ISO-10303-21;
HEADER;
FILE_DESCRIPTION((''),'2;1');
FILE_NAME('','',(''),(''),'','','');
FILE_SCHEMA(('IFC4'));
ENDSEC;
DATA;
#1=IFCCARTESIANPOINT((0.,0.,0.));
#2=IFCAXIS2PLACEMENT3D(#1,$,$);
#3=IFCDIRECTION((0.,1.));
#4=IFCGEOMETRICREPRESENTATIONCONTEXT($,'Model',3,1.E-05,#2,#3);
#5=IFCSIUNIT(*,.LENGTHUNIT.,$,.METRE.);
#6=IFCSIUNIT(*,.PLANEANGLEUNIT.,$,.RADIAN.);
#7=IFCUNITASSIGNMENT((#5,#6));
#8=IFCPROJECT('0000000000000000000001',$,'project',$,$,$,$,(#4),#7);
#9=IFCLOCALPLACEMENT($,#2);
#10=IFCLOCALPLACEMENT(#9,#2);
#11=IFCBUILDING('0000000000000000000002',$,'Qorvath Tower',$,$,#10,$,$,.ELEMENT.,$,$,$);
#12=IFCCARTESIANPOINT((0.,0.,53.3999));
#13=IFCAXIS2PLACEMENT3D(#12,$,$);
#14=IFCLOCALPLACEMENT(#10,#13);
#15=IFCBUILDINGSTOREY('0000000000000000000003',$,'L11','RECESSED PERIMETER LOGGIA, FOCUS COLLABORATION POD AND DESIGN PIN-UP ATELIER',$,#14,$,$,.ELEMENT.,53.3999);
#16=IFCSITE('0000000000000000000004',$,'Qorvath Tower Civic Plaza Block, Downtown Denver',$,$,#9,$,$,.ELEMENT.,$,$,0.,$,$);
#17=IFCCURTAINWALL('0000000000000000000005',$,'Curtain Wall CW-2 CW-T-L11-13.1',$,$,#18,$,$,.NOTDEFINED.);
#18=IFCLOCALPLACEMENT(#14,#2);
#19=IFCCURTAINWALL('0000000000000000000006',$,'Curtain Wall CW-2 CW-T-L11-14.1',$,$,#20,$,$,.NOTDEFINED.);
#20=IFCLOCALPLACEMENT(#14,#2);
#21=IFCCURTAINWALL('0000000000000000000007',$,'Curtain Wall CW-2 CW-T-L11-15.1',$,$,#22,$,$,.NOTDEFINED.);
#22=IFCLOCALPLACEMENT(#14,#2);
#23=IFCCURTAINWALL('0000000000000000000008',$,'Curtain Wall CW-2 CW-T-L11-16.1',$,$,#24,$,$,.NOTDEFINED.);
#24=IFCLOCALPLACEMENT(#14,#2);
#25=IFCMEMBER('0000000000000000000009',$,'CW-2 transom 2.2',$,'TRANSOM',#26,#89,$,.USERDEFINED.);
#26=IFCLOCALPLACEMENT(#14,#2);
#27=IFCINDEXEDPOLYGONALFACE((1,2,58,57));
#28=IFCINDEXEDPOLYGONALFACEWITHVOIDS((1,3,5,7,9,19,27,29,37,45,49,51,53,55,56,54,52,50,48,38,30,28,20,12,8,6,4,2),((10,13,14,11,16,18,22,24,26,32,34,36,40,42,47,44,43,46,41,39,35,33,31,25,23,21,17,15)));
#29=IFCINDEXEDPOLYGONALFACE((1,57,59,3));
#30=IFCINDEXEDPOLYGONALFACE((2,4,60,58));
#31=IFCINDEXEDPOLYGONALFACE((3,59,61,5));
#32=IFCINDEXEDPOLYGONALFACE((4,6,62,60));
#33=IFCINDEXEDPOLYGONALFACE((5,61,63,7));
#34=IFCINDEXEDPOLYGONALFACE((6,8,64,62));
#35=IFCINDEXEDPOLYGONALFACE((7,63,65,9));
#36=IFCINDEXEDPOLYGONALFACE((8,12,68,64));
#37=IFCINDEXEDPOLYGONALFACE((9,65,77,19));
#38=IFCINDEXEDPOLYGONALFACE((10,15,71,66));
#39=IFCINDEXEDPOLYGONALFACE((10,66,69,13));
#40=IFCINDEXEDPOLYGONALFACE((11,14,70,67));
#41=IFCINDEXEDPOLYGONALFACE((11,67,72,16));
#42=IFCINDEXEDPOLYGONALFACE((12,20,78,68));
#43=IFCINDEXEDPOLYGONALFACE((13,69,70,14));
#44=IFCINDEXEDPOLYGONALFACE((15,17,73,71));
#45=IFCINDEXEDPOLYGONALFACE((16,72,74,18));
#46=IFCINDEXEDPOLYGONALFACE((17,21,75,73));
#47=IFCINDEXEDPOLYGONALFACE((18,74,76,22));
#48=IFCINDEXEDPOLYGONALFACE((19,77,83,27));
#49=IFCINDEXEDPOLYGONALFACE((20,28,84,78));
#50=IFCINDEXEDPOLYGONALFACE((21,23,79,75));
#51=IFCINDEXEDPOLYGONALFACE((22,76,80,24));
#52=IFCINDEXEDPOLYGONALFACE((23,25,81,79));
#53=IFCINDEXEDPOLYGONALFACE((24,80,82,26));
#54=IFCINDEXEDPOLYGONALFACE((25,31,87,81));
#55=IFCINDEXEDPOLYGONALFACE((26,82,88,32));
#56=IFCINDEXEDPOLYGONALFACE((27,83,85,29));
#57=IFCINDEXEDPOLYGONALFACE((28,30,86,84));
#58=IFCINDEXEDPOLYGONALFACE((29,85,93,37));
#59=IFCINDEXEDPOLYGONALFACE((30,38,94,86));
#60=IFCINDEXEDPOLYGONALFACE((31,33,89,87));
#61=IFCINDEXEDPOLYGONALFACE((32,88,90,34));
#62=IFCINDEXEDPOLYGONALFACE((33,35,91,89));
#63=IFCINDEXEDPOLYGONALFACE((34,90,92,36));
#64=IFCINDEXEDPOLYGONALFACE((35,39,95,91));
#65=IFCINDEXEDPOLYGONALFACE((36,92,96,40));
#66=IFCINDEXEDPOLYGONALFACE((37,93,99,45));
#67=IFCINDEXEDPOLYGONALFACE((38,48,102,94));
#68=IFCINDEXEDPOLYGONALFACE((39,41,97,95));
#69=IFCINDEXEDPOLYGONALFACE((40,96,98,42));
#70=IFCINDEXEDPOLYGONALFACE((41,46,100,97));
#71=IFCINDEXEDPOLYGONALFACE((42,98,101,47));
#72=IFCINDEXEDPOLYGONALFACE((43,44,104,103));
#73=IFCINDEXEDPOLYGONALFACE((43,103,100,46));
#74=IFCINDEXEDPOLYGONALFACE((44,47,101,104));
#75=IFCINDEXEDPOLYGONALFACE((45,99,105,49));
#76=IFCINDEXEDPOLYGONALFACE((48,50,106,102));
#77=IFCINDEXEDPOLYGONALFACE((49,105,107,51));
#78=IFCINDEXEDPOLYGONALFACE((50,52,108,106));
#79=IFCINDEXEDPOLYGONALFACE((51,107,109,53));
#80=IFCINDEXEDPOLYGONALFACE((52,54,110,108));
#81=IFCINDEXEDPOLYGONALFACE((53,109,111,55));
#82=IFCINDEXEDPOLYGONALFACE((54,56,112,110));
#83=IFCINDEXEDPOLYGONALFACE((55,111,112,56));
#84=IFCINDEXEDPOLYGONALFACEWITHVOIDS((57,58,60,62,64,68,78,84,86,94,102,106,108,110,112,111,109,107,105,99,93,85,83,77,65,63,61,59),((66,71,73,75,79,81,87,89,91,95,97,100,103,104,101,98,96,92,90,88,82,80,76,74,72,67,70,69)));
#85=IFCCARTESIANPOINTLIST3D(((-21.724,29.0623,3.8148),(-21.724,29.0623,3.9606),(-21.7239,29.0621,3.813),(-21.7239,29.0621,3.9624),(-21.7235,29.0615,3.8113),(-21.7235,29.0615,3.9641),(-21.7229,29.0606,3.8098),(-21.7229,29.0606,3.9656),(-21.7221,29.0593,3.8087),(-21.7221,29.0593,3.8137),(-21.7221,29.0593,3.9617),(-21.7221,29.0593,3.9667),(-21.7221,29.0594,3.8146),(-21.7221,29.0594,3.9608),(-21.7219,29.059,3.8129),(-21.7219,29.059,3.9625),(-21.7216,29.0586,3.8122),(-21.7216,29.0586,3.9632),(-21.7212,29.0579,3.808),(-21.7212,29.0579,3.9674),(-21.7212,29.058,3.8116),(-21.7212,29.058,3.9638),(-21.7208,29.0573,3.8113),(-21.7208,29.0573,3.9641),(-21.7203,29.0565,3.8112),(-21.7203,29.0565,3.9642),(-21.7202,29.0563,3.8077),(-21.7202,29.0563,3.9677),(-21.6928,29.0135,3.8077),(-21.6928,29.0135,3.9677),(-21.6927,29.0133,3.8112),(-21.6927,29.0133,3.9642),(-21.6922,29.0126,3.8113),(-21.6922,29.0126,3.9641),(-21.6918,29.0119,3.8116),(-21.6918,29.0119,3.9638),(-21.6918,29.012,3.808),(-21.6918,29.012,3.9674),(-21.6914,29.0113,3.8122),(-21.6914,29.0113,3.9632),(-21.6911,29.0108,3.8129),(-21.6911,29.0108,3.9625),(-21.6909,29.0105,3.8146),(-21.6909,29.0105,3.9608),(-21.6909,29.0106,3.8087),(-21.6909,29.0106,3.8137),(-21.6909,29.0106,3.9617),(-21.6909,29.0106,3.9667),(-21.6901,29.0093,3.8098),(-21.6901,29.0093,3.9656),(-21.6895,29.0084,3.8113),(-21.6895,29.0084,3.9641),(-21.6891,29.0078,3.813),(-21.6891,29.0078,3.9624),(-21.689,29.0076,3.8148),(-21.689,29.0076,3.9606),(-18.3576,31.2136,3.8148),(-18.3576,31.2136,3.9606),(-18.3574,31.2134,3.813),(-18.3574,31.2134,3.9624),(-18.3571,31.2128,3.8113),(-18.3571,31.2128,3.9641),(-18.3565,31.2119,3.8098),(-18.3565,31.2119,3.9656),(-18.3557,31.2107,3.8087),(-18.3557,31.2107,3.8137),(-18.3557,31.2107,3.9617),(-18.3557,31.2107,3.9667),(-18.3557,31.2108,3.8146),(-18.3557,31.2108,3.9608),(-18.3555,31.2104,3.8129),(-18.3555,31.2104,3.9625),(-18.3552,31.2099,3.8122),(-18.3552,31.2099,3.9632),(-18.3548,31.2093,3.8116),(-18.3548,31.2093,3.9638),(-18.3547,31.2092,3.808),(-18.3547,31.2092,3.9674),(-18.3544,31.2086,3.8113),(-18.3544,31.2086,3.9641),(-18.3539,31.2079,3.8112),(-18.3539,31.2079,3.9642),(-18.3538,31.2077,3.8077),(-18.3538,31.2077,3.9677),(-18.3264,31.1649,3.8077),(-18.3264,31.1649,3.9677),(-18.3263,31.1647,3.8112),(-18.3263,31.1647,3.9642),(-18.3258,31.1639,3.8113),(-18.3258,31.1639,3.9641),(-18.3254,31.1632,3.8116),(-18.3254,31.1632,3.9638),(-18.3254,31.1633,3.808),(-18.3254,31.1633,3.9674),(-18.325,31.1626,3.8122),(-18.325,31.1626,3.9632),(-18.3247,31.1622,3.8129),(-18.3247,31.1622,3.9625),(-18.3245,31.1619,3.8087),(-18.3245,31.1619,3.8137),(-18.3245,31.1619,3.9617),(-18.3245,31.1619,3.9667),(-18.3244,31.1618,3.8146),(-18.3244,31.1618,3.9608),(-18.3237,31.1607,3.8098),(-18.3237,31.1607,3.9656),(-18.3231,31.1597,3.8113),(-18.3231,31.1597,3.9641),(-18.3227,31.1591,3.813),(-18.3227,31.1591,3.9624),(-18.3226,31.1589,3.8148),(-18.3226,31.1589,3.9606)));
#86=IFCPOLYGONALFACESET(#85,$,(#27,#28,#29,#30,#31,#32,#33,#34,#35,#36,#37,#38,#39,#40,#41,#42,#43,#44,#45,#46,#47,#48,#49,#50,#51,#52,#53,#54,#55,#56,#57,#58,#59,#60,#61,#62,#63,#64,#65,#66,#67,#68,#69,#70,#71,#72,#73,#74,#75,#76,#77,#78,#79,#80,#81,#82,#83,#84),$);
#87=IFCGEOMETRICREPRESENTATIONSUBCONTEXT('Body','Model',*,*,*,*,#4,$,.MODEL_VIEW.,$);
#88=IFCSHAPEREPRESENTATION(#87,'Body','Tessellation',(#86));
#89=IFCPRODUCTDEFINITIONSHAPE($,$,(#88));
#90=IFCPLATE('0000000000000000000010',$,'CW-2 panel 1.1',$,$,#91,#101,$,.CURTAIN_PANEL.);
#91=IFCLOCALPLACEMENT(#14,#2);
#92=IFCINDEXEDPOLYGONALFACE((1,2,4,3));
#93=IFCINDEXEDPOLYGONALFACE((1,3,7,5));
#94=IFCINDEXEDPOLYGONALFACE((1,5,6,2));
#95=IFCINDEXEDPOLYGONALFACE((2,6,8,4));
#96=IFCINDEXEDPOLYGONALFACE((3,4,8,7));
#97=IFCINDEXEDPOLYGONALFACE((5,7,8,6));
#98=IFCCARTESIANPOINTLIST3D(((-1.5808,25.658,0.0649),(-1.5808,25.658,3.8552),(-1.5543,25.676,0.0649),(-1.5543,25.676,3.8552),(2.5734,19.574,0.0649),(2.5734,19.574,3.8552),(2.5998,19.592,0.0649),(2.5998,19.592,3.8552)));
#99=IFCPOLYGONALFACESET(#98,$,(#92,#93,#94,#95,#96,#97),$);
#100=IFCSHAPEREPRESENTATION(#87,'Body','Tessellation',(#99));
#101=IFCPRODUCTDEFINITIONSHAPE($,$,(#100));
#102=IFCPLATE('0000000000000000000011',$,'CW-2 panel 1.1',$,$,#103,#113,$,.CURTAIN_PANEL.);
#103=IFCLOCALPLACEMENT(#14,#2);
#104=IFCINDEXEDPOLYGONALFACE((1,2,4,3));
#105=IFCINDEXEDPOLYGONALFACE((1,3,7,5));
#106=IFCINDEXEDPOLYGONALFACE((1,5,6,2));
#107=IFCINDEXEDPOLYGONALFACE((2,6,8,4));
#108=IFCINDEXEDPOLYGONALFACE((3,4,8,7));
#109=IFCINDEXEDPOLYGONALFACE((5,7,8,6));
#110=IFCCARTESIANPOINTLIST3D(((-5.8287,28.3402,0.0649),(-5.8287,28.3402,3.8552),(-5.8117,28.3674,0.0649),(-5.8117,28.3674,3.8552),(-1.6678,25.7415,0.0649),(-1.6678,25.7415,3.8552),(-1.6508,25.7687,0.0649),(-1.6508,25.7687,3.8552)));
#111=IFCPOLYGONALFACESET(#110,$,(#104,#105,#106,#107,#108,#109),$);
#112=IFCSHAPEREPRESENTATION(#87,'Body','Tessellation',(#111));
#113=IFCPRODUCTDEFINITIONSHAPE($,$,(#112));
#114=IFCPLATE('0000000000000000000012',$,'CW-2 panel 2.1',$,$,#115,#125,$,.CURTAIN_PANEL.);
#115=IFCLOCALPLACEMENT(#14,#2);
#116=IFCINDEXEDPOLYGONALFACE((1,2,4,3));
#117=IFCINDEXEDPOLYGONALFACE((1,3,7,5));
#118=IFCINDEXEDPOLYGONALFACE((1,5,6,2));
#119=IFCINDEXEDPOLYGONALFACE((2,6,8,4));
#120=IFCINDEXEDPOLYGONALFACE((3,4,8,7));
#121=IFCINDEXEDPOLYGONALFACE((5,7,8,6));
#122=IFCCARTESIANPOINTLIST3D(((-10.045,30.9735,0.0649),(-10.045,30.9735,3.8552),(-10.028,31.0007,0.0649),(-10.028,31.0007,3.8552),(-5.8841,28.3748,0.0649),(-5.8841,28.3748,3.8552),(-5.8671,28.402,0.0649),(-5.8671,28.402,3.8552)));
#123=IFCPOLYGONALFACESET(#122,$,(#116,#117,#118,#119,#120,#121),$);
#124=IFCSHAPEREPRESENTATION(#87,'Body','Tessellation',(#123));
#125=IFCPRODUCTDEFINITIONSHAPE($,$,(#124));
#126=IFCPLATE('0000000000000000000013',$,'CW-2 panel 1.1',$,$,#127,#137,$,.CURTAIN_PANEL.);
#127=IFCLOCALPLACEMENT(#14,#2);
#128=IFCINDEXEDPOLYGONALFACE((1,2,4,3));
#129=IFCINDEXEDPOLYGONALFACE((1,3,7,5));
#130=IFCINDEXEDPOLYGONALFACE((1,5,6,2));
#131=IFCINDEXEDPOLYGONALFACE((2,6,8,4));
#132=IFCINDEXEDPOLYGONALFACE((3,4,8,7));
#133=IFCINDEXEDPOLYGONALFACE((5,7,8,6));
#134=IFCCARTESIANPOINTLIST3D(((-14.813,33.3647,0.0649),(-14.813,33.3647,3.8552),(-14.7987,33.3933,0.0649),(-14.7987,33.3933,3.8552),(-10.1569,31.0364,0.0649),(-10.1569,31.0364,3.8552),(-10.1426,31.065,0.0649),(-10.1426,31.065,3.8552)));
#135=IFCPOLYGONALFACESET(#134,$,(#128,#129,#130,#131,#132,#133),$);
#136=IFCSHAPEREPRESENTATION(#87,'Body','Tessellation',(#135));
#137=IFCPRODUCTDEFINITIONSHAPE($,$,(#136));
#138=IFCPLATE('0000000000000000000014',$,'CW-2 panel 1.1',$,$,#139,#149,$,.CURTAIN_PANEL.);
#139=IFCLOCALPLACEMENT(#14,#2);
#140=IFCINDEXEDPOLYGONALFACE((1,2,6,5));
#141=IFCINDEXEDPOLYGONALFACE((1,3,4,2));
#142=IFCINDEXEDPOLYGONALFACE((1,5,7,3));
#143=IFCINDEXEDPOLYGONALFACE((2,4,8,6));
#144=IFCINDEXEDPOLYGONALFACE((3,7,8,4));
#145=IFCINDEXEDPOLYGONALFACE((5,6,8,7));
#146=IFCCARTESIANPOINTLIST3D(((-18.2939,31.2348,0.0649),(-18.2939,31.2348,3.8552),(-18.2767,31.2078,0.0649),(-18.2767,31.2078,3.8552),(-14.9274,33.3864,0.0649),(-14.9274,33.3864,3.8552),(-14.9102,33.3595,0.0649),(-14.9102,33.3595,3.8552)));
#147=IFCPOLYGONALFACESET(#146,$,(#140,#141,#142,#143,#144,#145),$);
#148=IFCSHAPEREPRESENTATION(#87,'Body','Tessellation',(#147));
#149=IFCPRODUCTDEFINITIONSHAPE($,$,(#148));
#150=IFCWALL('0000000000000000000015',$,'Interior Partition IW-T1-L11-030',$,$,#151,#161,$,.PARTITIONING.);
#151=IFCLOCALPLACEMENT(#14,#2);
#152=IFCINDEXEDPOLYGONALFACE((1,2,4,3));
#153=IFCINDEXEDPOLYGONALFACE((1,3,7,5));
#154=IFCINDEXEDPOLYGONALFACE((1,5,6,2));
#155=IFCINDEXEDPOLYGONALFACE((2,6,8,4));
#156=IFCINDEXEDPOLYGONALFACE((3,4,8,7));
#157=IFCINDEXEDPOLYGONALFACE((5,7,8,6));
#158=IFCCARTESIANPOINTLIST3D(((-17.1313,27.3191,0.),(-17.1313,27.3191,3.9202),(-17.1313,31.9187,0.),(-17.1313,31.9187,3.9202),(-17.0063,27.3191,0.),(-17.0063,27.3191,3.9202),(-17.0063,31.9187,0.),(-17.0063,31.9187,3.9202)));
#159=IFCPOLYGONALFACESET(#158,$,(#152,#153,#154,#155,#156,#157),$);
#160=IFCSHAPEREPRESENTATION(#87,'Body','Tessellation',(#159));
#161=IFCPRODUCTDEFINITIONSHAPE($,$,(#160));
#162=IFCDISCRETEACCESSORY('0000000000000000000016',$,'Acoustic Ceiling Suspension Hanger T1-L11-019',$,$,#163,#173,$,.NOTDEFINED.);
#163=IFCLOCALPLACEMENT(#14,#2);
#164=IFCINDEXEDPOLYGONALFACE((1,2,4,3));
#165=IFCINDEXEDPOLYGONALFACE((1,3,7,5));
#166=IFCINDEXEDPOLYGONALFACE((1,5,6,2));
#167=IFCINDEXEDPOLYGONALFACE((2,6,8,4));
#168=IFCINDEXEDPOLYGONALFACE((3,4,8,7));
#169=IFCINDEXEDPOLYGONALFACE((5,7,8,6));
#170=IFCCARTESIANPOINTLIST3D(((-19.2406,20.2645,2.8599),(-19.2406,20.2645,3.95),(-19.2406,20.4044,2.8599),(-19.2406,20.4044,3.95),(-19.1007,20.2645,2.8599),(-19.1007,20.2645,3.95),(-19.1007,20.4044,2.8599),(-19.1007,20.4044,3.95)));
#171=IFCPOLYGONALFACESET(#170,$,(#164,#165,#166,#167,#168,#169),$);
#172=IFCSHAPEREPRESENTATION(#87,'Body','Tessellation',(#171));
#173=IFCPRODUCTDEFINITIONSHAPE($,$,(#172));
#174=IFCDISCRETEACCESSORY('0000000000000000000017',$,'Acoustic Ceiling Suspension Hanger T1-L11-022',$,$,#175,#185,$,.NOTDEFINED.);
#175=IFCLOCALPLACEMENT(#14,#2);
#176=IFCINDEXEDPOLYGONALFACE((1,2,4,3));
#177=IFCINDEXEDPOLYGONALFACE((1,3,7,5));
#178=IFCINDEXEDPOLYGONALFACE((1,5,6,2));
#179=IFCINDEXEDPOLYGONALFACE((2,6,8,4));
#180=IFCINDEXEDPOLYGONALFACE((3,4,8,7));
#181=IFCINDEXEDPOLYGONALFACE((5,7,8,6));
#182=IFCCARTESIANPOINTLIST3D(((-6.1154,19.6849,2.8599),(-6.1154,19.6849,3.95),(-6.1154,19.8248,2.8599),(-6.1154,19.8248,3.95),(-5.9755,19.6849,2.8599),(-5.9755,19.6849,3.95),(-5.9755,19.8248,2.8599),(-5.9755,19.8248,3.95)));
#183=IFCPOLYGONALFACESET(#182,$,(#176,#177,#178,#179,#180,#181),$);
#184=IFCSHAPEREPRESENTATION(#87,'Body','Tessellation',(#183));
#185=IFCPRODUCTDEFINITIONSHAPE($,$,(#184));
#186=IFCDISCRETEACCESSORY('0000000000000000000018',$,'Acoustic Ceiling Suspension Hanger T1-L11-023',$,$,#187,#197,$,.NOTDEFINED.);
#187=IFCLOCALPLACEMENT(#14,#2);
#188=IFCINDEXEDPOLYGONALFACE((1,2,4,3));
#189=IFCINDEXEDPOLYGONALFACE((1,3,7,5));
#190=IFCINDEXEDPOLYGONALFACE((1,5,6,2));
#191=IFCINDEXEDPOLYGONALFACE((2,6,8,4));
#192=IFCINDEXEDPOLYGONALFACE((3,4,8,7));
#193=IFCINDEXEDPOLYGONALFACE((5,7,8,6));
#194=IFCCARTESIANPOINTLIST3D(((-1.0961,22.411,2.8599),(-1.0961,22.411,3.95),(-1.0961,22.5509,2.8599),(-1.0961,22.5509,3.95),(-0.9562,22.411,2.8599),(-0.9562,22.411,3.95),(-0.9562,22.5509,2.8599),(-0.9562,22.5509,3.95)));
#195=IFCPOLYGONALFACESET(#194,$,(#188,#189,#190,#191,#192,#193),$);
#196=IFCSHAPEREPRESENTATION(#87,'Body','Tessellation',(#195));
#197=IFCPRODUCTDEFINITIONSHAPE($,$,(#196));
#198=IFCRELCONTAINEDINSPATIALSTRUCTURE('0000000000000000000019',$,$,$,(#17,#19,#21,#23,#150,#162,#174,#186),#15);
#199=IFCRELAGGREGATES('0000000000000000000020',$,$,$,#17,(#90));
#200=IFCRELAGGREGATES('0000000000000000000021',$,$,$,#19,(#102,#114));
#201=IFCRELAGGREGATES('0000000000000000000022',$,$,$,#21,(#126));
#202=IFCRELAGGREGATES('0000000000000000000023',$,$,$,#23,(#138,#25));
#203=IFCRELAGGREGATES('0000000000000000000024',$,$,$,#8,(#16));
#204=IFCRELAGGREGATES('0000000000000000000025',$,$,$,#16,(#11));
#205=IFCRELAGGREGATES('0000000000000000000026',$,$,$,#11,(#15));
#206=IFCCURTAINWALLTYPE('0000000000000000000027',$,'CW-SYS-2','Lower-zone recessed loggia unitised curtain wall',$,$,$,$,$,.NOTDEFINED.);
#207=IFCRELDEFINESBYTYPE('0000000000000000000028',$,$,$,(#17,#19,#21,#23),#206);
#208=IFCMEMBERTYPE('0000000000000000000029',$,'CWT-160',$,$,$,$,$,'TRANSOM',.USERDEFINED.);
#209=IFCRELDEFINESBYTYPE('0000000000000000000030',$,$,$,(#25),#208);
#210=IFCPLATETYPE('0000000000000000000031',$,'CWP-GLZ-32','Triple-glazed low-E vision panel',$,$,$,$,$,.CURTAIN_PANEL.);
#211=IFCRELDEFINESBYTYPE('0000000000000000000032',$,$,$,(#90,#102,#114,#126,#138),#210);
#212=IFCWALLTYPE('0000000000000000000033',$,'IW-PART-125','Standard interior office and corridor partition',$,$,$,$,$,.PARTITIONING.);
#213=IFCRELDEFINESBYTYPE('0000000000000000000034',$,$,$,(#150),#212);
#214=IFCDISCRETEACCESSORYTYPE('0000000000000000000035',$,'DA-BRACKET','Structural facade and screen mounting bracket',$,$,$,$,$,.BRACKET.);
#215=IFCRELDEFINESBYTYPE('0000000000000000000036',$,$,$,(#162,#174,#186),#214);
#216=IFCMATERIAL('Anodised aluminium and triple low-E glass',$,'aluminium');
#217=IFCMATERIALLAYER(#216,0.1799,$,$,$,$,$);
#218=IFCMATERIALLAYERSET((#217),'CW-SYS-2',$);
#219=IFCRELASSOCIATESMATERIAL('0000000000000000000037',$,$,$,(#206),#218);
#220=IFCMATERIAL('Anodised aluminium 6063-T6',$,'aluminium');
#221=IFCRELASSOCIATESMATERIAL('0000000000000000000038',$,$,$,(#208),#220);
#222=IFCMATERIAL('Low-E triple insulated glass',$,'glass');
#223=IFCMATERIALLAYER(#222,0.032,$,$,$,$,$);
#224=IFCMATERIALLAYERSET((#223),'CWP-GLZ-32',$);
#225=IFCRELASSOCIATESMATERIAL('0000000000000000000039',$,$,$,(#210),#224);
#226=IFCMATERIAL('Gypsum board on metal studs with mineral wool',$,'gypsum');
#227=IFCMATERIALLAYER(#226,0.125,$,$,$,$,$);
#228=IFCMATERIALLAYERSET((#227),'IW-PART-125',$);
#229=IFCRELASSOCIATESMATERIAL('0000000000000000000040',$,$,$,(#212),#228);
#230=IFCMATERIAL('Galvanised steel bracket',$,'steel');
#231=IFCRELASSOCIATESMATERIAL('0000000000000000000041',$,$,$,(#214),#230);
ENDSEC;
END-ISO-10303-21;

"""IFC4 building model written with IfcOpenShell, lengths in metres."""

from ifc_helpers import new_model, si_unit, direction, frame, frame_2d, origin, origin_2d, place, context, subcontext, project, spatial, rectangle, hollow_rectangle, extrude, material, layer, layer_set, material_profile, profile_set, type_object, element, aggregate, save


model = new_model("IFC4")

# Units and contexts
model_context = context("Model", 3, precision=1e-05, world=origin(), true_north=direction((0.0, 1.0)))
body_context = subcontext(model_context, "Body", "Model", "MODEL_VIEW")
ifc_project = project(units=[si_unit("LENGTHUNIT", "METRE"), si_unit("PLANEANGLEUNIT", "RADIAN")], contexts=[model_context])

# Site, building, storey
site_placement = place(None, origin())
site = spatial("IfcSite", under=ifc_project, at=site_placement, Name="Qorvath Tower Civic Plaza Block, Downtown Denver", CompositionType="ELEMENT", RefElevation=0.0)
building_placement = place(site_placement, origin())
building = spatial("IfcBuilding", under=site, at=building_placement, Name="Qorvath Tower", CompositionType="ELEMENT")
storey_placement = place(building_placement, frame((0.0, 0.0, 53.3999)))
storey = spatial("IfcBuildingStorey", under=building, at=storey_placement, Name="L11", Description="RECESSED PERIMETER LOGGIA, FOCUS COLLABORATION POD AND DESIGN PIN-UP ATELIER", CompositionType="ELEMENT", Elevation=53.3999)

# Curtain wall
ifc_material_1 = material(Name="Anodised aluminium and triple low-E glass", Category="aluminium")
ifc_layer_1 = layer(ifc_material_1, 0.1799)
ifc_layer_set_1 = layer_set([ifc_layer_1], Name="CW-SYS-2")
curtain_wall_type = type_object("IfcCurtainWallType", Name="CW-SYS-2", Description="Lower-zone recessed loggia unitised curtain wall", PredefinedType="NOTDEFINED", material=ifc_layer_set_1)
curtain_wall_1_placement = place(storey_placement, origin())
curtain_wall_1 = element("IfcCurtainWall", 1, at=curtain_wall_1_placement, inside=storey, type_object=curtain_wall_type, Name="Curtain Wall CW-2 CW-T-L11-13.1", PredefinedType="NOTDEFINED")

# Curtain walls
curtain_wall_2_placement = place(storey_placement, origin())
curtain_wall_2 = element("IfcCurtainWall", 2, at=curtain_wall_2_placement, inside=storey, type_object=curtain_wall_type, Name="Curtain Wall CW-2 CW-T-L11-14.1", PredefinedType="NOTDEFINED")
curtain_wall_3_placement = place(storey_placement, origin())
curtain_wall_3 = element("IfcCurtainWall", 3, at=curtain_wall_3_placement, inside=storey, type_object=curtain_wall_type, Name="Curtain Wall CW-2 CW-T-L11-15.1", PredefinedType="NOTDEFINED")
curtain_wall_4_placement = place(storey_placement, origin())
curtain_wall_4 = element("IfcCurtainWall", 4, at=curtain_wall_4_placement, inside=storey, type_object=curtain_wall_type, Name="Curtain Wall CW-2 CW-T-L11-16.1", PredefinedType="NOTDEFINED")

# Member
ifc_material_2 = material(Name="Anodised aluminium 6063-T6", Category="aluminium")
ifc_material_profile_1 = material_profile(ifc_material_2, hollow_rectangle(XDim=0.0649, YDim=0.1599, WallThickness=0.0034, InnerFilletRadius=0.0034, OuterFilletRadius=0.0071, at=origin_2d()), Name="CWT 160x65")
ifc_profile_set_1 = profile_set([ifc_material_profile_1], Name="Anodised aluminium 6063-T6")
member_type_1 = type_object("IfcMemberType", Name="CWT-160", ElementType="TRANSOM", PredefinedType="USERDEFINED", material=ifc_profile_set_1)
member_1_placement = place(storey_placement, frame((-18.3401, 31.1863, 3.8877), z_axis=(-0.842631, -0.538492, 0.0), x_axis=(0.538492, -0.842631, 0.0)))
member_1 = element("IfcMember", 5, at=member_1_placement, type_object=member_type_1, Name="CW-2 transom 2.2", ObjectType="TRANSOM", PredefinedType="USERDEFINED", context=body_context, shape_type="SweptSolid", body=[
    extrude(hollow_rectangle(XDim=0.0649, YDim=0.1599, WallThickness=0.0034, InnerFilletRadius=0.0034, OuterFilletRadius=0.0071, at=origin_2d()), origin(), (0.0, 0.0, 1.0), 3.9951),
])

# Plates
ifc_material_3 = material(Name="Low-E triple insulated glass", Category="glass")
ifc_layer_2 = layer(ifc_material_3, 0.032)
ifc_layer_set_2 = layer_set([ifc_layer_2], Name="CWP-GLZ-32")
plate_type = type_object("IfcPlateType", Name="CWP-GLZ-32", Description="Triple-glazed low-E vision panel", PredefinedType="CURTAIN_PANEL", material=ifc_layer_set_2)
plate_1_placement = place(storey_placement, frame((0.5095, 22.625, 0.0649), z_axis=(0.0, 0.0, 1.0), x_axis=(-0.563891, 0.825849, 0.0)))
plate_1 = element("IfcPlate", 6, at=plate_1_placement, type_object=plate_type, Name="CW-2 panel 1.1", PredefinedType="CURTAIN_PANEL", context=body_context, shape_type="SweptSolid", body=[
    extrude(rectangle(XDim=7.3669, YDim=0.032, at=origin_2d()), origin(), (0.0, 0.0, 1.0), 3.7903),
])
aggregate(curtain_wall_1, [plate_1])
plate_2_placement = place(storey_placement, frame((-3.7397, 27.0544, 0.0649), z_axis=(0.0, 0.0, 1.0), x_axis=(-0.84817, 0.529724, 0.0)))
plate_2 = element("IfcPlate", 7, at=plate_2_placement, type_object=plate_type, Name="CW-2 panel 1.1", PredefinedType="CURTAIN_PANEL", context=body_context, shape_type="SweptSolid", body=[
    extrude(rectangle(XDim=4.9058, YDim=0.032, at=origin_2d()), origin(), (0.0, 0.0, 1.0), 3.7903),
])
plate_3_placement = place(storey_placement, frame((-7.9561, 29.6877, 0.0649), z_axis=(0.0, 0.0, 1.0), x_axis=(-0.84817, 0.529724, 0.0)))
plate_3 = element("IfcPlate", 8, at=plate_3_placement, type_object=plate_type, Name="CW-2 panel 2.1", PredefinedType="CURTAIN_PANEL", context=body_context, shape_type="SweptSolid", body=[
    extrude(rectangle(XDim=4.9058, YDim=0.032, at=origin_2d()), origin(), (0.0, 0.0, 1.0), 3.7903),
])
aggregate(curtain_wall_2, [plate_2, plate_3])
plate_4_placement = place(storey_placement, frame((-12.4778, 32.2148, 0.0649), z_axis=(0.0, 0.0, 1.0), x_axis=(-0.894405, 0.447259, 0.0)))
plate_4 = element("IfcPlate", 9, at=plate_4_placement, type_object=plate_type, Name="CW-2 panel 1.1", PredefinedType="CURTAIN_PANEL", context=body_context, shape_type="SweptSolid", body=[
    extrude(rectangle(XDim=5.2058, YDim=0.032, at=origin_2d()), origin(), (0.0, 0.0, 1.0), 3.7903),
])
aggregate(curtain_wall_3, [plate_4])
plate_5_placement = place(storey_placement, frame((-16.6021, 32.2971, 0.0649), z_axis=(0.0, 0.0, 1.0), x_axis=(-0.842604, -0.538533, 0.0)))
plate_5 = element("IfcPlate", 10, at=plate_5_placement, type_object=plate_type, Name="CW-2 panel 1.1", PredefinedType="CURTAIN_PANEL", context=body_context, shape_type="SweptSolid", body=[
    extrude(rectangle(XDim=3.9954, YDim=0.032, at=origin_2d()), origin(), (0.0, 0.0, 1.0), 3.7903),
])
aggregate(curtain_wall_4, [plate_5, member_1])

# Wall
ifc_material_4 = material(Name="Gypsum board on metal studs with mineral wool", Category="gypsum")
ifc_layer_3 = layer(ifc_material_4, 0.125)
ifc_layer_set_3 = layer_set([ifc_layer_3], Name="IW-PART-125")
wall_type = type_object("IfcWallType", Name="IW-PART-125", Description="Standard interior office and corridor partition", PredefinedType="PARTITIONING", material=ifc_layer_set_3)
wall_placement = place(storey_placement, frame((-17.0688, 27.3191, 0.0), z_axis=(0.0, 0.0, 1.0), x_axis=(0.0, 1.0, 0.0)))
element("IfcWall", 11, at=wall_placement, inside=storey, type_object=wall_type, Name="Interior Partition IW-T1-L11-030", PredefinedType="PARTITIONING", context=body_context, shape_type="SweptSolid", body=[
    extrude(rectangle(XDim=4.5996, YDim=0.125, at=frame_2d((2.2998, 0.0))), origin(), (0.0, 0.0, 1.0), 3.9202),
])

# Discrete accessories
ifc_material_5 = material(Name="Galvanised steel bracket", Category="steel")
discrete_accessory_type = type_object("IfcDiscreteAccessoryType", Name="DA-BRACKET", Description="Structural facade and screen mounting bracket", PredefinedType="BRACKET", material=ifc_material_5)
for number, where, z_axis, x_axis, name in (
    (12, (-19.1707, 20.3345, 2.8599), (0.0, 0.0, 1.0), (1.0, 0.0, 0.0), "Acoustic Ceiling Suspension Hanger T1-L11-019"),
    (13, (-6.0454, 19.7549, 2.8599), (0.0, 0.0, 1.0), (1.0, 0.0, 0.0), "Acoustic Ceiling Suspension Hanger T1-L11-022"),
    (14, (-1.0261, 22.481, 2.8599), (0.0, 0.0, 1.0), (1.0, 0.0, 0.0), "Acoustic Ceiling Suspension Hanger T1-L11-023"),
):
    element("IfcDiscreteAccessory", number, at=place(storey_placement, frame(where, z_axis=z_axis, x_axis=x_axis)), inside=storey, type_object=discrete_accessory_type, Name=name, PredefinedType="NOTDEFINED", context=body_context, shape_type="SweptSolid", body=[
        extrude(rectangle(XDim=0.1399, YDim=0.1399, at=origin_2d()), origin(), (0.0, 0.0, 1.0), 1.0901),
    ])

save(model, "model.ifc")
